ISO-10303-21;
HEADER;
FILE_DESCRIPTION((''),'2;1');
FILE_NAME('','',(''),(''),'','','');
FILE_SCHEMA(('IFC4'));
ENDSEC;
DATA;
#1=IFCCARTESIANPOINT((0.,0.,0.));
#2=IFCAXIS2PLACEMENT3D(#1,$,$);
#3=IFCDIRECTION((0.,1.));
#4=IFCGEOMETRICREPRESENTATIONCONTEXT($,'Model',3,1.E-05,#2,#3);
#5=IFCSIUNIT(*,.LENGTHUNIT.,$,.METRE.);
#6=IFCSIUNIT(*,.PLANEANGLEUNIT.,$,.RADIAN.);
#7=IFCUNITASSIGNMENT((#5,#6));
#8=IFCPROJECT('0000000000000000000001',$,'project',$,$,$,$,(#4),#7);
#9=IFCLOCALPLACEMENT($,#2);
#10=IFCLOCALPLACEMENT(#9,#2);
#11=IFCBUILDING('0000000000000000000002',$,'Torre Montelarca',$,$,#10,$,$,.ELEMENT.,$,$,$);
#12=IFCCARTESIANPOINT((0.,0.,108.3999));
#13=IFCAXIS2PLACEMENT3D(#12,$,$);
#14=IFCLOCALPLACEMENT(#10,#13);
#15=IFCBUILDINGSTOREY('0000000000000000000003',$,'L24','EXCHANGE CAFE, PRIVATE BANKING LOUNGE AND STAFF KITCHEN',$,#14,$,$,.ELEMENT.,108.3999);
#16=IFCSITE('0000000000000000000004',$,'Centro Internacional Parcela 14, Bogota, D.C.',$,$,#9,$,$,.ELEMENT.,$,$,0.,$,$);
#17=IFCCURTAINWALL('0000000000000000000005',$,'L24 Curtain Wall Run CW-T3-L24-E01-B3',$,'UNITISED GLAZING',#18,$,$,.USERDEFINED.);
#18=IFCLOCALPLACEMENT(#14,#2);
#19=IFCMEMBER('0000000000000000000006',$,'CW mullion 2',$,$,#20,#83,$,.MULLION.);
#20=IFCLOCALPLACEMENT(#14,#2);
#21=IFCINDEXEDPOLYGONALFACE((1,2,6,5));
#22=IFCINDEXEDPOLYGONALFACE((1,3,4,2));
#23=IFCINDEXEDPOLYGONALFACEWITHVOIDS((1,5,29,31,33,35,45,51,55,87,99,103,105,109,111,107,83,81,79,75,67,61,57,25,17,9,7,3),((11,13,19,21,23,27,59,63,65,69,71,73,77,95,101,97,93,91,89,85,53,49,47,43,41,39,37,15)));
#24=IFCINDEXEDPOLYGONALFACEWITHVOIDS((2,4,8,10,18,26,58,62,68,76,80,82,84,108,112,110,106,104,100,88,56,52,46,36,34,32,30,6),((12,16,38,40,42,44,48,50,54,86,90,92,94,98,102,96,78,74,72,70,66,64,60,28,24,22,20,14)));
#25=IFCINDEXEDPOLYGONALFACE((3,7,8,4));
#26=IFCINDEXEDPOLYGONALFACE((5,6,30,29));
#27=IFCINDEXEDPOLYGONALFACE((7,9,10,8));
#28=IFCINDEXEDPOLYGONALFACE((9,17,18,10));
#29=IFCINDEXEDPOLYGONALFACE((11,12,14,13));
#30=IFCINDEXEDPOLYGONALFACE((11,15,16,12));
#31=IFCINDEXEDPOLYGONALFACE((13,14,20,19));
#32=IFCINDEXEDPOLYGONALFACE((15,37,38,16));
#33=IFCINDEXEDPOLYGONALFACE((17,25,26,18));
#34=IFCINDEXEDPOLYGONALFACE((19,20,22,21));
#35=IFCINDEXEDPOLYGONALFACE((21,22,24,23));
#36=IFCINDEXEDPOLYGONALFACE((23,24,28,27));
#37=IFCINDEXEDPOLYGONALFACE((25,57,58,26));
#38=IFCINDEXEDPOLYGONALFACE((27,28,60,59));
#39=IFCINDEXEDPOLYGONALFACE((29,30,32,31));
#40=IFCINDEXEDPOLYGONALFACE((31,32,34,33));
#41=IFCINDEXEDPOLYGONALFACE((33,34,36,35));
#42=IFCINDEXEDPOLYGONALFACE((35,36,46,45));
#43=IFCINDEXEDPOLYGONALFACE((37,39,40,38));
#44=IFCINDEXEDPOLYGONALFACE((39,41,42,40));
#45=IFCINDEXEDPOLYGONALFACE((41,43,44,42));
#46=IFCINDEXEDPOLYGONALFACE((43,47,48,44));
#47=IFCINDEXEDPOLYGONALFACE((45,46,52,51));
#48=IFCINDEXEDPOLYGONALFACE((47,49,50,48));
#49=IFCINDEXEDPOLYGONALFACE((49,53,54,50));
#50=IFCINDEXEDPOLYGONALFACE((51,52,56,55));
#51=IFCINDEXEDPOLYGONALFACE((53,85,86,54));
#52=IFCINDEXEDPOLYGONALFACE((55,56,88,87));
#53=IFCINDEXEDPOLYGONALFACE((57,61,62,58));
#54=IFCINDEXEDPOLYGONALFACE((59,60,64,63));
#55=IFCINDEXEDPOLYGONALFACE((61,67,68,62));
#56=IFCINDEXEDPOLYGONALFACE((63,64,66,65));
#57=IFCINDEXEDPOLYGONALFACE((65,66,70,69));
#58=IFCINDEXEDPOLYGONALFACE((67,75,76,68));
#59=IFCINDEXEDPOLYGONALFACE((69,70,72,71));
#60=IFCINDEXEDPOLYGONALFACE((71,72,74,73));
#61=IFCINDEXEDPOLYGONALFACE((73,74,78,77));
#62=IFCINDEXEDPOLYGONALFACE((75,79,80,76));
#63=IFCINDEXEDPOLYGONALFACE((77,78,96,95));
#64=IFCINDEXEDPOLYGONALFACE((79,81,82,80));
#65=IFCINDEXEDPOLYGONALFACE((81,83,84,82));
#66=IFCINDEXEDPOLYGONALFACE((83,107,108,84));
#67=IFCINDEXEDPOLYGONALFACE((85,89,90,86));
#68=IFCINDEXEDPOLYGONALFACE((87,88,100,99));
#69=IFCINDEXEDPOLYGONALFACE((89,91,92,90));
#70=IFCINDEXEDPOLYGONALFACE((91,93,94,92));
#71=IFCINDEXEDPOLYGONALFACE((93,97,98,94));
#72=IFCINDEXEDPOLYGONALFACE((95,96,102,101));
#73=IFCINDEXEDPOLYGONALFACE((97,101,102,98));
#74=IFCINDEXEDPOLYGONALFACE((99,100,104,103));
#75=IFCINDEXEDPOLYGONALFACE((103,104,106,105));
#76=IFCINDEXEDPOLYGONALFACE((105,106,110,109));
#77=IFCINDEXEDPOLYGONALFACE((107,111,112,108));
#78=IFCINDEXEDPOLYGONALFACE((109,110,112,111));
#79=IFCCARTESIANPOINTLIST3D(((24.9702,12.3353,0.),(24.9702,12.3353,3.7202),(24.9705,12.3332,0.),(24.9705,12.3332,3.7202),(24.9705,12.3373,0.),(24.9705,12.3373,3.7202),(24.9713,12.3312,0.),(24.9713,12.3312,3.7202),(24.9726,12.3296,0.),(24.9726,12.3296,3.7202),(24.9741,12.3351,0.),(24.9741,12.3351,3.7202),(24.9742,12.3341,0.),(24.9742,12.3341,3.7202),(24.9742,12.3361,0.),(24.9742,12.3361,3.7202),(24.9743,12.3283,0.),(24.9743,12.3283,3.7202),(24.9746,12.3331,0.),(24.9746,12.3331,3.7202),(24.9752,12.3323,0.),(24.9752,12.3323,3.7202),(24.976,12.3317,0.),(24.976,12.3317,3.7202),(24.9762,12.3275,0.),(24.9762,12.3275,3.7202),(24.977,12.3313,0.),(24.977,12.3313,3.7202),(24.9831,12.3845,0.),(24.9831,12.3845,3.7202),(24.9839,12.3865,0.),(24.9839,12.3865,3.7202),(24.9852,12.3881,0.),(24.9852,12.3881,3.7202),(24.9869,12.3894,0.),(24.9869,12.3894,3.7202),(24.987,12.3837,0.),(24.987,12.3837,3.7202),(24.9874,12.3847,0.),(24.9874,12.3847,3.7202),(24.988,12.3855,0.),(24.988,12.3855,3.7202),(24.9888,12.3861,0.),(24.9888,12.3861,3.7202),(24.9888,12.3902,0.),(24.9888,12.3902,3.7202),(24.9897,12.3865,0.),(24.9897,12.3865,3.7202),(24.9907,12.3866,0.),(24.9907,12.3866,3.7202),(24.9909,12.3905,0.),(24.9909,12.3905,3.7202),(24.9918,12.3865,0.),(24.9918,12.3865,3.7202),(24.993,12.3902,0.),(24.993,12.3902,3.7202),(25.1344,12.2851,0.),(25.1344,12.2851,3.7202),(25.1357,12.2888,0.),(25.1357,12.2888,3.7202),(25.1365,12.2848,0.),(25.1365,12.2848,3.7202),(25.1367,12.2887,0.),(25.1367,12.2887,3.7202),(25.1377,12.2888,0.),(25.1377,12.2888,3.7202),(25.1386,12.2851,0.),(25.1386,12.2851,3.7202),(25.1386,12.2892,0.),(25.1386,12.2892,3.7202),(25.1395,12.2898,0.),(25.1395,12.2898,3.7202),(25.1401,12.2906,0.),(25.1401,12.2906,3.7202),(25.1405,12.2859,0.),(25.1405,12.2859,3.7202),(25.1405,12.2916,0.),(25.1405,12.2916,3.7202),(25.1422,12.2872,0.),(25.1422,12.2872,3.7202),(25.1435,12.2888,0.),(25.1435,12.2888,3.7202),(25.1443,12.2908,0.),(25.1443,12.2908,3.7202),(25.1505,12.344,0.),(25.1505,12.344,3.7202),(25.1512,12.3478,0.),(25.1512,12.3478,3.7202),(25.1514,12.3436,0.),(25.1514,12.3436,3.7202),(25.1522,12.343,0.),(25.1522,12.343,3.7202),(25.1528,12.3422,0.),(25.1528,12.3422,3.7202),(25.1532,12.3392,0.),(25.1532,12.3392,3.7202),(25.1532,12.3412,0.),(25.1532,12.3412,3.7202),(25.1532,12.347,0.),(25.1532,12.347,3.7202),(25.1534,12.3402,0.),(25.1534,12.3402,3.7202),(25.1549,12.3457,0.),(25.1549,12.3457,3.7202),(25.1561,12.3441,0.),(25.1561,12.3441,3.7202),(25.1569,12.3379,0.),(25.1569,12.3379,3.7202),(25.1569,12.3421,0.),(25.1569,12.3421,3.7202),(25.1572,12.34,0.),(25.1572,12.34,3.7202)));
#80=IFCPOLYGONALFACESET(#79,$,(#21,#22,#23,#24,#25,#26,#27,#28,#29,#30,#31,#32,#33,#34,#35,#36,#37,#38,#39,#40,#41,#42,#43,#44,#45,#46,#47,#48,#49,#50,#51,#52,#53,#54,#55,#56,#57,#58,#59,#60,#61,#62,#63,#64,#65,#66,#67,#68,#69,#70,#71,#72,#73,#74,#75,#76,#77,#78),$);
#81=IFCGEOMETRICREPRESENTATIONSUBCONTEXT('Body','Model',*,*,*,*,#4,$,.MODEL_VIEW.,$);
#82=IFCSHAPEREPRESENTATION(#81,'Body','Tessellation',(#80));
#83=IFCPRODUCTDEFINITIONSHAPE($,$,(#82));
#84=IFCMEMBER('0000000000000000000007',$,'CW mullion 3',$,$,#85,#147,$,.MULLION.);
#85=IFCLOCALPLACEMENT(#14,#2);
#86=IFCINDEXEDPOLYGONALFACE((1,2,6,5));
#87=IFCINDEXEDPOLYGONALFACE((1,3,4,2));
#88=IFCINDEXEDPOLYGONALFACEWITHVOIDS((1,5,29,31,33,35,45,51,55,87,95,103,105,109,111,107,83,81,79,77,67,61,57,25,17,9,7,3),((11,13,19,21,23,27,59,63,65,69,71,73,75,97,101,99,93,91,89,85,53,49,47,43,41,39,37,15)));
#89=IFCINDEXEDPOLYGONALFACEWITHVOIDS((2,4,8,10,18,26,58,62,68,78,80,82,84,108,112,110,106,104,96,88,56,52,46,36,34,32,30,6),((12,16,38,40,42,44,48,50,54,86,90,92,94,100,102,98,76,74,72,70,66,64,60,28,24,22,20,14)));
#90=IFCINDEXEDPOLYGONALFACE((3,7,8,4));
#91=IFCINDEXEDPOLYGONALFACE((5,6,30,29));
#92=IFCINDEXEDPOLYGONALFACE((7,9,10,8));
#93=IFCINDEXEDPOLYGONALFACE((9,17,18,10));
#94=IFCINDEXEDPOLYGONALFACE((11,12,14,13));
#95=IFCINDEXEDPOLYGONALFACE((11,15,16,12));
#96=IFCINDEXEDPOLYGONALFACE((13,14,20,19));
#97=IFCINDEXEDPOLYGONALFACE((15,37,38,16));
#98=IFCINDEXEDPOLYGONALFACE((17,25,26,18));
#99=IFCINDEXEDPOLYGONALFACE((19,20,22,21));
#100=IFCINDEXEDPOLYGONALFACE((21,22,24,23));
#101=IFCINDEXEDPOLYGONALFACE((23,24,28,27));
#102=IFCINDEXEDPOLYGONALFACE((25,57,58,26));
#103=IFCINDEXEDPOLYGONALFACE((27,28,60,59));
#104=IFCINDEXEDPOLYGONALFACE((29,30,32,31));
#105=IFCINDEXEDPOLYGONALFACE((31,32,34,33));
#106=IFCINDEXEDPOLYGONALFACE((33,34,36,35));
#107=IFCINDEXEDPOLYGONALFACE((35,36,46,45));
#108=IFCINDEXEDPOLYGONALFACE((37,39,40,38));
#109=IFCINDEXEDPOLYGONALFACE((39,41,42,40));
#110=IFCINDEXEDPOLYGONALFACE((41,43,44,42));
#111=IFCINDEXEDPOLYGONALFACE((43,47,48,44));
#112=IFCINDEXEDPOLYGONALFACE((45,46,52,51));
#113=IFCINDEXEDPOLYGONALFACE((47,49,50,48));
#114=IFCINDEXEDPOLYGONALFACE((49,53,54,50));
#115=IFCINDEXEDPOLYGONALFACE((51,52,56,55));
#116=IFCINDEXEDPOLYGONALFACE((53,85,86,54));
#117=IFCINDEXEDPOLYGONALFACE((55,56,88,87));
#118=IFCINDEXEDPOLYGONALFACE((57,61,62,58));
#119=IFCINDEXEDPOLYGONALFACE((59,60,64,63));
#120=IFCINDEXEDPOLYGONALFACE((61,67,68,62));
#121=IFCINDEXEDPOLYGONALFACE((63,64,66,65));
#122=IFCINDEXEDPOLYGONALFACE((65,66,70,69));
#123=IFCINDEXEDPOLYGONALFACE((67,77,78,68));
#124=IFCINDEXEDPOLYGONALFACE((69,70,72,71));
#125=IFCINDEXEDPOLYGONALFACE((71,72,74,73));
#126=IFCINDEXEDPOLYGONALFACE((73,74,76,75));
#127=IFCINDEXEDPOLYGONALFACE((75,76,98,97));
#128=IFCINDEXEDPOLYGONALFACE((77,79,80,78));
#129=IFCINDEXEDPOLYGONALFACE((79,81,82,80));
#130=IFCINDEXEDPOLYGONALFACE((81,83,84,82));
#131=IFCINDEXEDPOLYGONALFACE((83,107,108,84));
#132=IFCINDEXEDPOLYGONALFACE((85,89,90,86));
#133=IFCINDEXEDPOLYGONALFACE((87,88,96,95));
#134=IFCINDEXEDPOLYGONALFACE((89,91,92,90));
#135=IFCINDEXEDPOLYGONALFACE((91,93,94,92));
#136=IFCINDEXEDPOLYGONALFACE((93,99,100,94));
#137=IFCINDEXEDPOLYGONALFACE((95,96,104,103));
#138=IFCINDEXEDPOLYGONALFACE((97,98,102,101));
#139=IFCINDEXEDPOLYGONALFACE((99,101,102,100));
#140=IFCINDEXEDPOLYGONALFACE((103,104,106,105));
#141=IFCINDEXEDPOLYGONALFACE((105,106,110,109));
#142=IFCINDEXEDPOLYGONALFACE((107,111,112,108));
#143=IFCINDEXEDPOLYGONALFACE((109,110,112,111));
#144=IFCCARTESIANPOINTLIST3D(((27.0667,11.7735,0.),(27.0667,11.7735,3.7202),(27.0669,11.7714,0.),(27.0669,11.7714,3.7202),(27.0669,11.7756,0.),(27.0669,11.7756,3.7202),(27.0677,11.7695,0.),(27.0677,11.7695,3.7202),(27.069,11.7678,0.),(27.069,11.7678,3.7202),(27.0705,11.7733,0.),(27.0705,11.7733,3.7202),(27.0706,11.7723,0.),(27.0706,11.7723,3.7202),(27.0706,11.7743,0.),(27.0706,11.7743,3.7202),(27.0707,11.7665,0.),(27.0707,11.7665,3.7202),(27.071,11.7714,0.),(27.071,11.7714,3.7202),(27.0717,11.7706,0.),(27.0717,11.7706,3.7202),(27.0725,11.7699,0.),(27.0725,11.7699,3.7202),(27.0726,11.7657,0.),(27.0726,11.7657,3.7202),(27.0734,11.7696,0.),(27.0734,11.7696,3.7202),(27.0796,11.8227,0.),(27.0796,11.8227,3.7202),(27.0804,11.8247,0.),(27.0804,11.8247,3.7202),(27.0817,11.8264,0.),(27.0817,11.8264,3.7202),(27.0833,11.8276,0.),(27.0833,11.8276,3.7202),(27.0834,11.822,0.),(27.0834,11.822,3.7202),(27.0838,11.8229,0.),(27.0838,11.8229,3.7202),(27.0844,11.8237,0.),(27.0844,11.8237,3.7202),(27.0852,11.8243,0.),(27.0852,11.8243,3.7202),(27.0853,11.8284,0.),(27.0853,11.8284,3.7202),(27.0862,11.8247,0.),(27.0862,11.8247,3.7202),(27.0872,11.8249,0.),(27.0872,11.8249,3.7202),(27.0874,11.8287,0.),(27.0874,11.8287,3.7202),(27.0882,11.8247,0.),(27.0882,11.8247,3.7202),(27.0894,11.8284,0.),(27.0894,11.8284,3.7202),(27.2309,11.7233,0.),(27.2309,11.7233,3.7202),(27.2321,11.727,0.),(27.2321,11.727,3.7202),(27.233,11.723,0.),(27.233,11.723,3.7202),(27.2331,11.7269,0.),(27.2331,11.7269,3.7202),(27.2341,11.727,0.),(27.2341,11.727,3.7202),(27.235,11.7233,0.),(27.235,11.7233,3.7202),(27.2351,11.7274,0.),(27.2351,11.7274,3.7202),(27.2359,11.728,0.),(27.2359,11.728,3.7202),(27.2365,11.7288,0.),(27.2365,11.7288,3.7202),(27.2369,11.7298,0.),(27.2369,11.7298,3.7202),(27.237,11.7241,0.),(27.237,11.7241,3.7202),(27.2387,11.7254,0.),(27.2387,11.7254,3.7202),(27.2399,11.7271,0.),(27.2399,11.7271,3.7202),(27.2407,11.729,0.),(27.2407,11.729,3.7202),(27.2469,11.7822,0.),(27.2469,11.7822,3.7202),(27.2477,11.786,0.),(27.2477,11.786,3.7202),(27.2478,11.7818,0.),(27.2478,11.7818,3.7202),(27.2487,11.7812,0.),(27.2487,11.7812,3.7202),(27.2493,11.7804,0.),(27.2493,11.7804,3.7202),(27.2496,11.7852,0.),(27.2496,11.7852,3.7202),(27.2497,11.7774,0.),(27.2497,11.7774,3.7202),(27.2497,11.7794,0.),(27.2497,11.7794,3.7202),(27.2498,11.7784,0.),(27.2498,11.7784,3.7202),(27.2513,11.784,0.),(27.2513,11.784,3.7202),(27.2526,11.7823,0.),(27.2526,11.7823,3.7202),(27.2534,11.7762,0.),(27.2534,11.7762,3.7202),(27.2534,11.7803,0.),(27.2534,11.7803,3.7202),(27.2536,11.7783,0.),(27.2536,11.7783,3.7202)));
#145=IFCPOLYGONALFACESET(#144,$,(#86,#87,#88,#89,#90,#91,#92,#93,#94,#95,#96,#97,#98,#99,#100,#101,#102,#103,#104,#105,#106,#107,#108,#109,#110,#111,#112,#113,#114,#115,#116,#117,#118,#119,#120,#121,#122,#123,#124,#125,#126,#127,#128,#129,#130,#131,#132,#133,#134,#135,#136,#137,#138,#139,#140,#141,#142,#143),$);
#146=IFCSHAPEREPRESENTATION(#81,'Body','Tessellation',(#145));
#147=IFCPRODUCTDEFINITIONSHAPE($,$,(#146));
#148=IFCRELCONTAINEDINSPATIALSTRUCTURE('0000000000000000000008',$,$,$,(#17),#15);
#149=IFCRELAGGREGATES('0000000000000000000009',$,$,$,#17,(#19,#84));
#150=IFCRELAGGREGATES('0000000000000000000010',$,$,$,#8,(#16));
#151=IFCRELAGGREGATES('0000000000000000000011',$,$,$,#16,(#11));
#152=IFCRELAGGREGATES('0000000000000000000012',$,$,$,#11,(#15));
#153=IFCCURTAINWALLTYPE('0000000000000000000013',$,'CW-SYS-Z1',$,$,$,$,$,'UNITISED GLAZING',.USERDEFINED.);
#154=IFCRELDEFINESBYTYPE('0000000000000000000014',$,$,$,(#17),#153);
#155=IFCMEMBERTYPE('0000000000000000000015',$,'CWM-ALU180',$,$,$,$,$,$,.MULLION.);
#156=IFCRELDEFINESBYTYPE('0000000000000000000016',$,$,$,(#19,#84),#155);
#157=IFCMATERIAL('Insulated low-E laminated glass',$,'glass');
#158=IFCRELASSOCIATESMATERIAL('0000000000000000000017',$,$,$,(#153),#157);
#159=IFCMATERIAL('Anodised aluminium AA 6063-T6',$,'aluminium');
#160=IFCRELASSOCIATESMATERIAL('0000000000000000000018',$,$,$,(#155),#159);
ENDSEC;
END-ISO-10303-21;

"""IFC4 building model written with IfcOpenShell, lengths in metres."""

from ifc_helpers import new_model, si_unit, direction, frame, origin, origin_2d, place, context, subcontext, project, spatial, hollow_rectangle, extrude, source, transform, mapped, material, material_profile, profile_set, type_object, element, aggregate, save


model = new_model("IFC4")

# Units and contexts
model_context = context("Model", 3, precision=1e-05, world=origin(), true_north=direction((0.0, 1.0)))
body_context = subcontext(model_context, "Body", "Model", "MODEL_VIEW")
ifc_project = project(units=[si_unit("LENGTHUNIT", "METRE"), si_unit("PLANEANGLEUNIT", "RADIAN")], contexts=[model_context])

# Site, building, storey
site_placement = place(None, origin())
site = spatial("IfcSite", under=ifc_project, at=site_placement, Name="Centro Internacional Parcela 14, Bogota, D.C.", CompositionType="ELEMENT", RefElevation=0.0)
building_placement = place(site_placement, origin())
building = spatial("IfcBuilding", under=site, at=building_placement, Name="Torre Montelarca", CompositionType="ELEMENT")
storey_placement = place(building_placement, frame((0.0, 0.0, 108.3999)))
storey = spatial("IfcBuildingStorey", under=building, at=storey_placement, Name="L24", Description="EXCHANGE CAFE, PRIVATE BANKING LOUNGE AND STAFF KITCHEN", CompositionType="ELEMENT", Elevation=108.3999)

# Curtain wall
ifc_material_1 = material(Name="Insulated low-E laminated glass", Category="glass")
curtain_wall_type = type_object("IfcCurtainWallType", Name="CW-SYS-Z1", ElementType="UNITISED GLAZING", PredefinedType="USERDEFINED", material=ifc_material_1)
ifc_material_2 = material(Name="Anodised aluminium AA 6063-T6", Category="aluminium")
curtain_wall_1_placement = place(storey_placement, origin())
curtain_wall_1 = element("IfcCurtainWall", 1, at=curtain_wall_1_placement, inside=storey, type_object=curtain_wall_type, Name="L24 Curtain Wall Run CW-T3-L24-E01-B3", ObjectType="UNITISED GLAZING", PredefinedType="USERDEFINED")

# Members
ifc_material_profile_1 = material_profile(ifc_material_2, hollow_rectangle(XDim=0.0649, YDim=0.1799, WallThickness=0.0039, InnerFilletRadius=0.0039, OuterFilletRadius=0.0081, at=origin_2d()), Name="ALU65X180X4", Category="aluminium")
ifc_profile_set_1 = profile_set([ifc_material_profile_1], Name="Anodised aluminium AA 6063-T6")
member_type_1 = type_object("IfcMemberType", Name="CWM-ALU180", PredefinedType="MULLION", material=ifc_profile_set_1)
shared_shape_1 = source(origin(), body_context, "Body", "SweptSolid", [
    extrude(hollow_rectangle(XDim=0.0649, YDim=0.1799, WallThickness=0.0039, InnerFilletRadius=0.0039, OuterFilletRadius=0.0081, at=origin_2d()), origin(), (0.0, 0.0, 1.0), 3.7202),
])
member_1_placement = place(storey_placement, frame((25.0637, 12.3376, 0.0), z_axis=(0.0, 0.0, 1.0), x_axis=(0.258822, 0.965925, 0.0)))
member_1 = element("IfcMember", 2, at=member_1_placement, type_object=member_type_1, Name="CW mullion 2", PredefinedType="MULLION", context=body_context, shape_type="MappedRepresentation", body=[
    mapped(shared_shape_1, transform((0.0, 0.0, 0.0), scale=1.0)),
])
member_2_placement = place(storey_placement, frame((27.1602, 11.7759, 0.0), z_axis=(0.0, 0.0, 1.0), x_axis=(0.258822, 0.965925, 0.0)))
member_2 = element("IfcMember", 3, at=member_2_placement, type_object=member_type_1, Name="CW mullion 3", PredefinedType="MULLION", context=body_context, shape_type="MappedRepresentation", body=[
    mapped(shared_shape_1, transform((0.0, 0.0, 0.0), scale=1.0)),
])

aggregate(curtain_wall_1, [member_1, member_2])

save(model, "model.ifc")
